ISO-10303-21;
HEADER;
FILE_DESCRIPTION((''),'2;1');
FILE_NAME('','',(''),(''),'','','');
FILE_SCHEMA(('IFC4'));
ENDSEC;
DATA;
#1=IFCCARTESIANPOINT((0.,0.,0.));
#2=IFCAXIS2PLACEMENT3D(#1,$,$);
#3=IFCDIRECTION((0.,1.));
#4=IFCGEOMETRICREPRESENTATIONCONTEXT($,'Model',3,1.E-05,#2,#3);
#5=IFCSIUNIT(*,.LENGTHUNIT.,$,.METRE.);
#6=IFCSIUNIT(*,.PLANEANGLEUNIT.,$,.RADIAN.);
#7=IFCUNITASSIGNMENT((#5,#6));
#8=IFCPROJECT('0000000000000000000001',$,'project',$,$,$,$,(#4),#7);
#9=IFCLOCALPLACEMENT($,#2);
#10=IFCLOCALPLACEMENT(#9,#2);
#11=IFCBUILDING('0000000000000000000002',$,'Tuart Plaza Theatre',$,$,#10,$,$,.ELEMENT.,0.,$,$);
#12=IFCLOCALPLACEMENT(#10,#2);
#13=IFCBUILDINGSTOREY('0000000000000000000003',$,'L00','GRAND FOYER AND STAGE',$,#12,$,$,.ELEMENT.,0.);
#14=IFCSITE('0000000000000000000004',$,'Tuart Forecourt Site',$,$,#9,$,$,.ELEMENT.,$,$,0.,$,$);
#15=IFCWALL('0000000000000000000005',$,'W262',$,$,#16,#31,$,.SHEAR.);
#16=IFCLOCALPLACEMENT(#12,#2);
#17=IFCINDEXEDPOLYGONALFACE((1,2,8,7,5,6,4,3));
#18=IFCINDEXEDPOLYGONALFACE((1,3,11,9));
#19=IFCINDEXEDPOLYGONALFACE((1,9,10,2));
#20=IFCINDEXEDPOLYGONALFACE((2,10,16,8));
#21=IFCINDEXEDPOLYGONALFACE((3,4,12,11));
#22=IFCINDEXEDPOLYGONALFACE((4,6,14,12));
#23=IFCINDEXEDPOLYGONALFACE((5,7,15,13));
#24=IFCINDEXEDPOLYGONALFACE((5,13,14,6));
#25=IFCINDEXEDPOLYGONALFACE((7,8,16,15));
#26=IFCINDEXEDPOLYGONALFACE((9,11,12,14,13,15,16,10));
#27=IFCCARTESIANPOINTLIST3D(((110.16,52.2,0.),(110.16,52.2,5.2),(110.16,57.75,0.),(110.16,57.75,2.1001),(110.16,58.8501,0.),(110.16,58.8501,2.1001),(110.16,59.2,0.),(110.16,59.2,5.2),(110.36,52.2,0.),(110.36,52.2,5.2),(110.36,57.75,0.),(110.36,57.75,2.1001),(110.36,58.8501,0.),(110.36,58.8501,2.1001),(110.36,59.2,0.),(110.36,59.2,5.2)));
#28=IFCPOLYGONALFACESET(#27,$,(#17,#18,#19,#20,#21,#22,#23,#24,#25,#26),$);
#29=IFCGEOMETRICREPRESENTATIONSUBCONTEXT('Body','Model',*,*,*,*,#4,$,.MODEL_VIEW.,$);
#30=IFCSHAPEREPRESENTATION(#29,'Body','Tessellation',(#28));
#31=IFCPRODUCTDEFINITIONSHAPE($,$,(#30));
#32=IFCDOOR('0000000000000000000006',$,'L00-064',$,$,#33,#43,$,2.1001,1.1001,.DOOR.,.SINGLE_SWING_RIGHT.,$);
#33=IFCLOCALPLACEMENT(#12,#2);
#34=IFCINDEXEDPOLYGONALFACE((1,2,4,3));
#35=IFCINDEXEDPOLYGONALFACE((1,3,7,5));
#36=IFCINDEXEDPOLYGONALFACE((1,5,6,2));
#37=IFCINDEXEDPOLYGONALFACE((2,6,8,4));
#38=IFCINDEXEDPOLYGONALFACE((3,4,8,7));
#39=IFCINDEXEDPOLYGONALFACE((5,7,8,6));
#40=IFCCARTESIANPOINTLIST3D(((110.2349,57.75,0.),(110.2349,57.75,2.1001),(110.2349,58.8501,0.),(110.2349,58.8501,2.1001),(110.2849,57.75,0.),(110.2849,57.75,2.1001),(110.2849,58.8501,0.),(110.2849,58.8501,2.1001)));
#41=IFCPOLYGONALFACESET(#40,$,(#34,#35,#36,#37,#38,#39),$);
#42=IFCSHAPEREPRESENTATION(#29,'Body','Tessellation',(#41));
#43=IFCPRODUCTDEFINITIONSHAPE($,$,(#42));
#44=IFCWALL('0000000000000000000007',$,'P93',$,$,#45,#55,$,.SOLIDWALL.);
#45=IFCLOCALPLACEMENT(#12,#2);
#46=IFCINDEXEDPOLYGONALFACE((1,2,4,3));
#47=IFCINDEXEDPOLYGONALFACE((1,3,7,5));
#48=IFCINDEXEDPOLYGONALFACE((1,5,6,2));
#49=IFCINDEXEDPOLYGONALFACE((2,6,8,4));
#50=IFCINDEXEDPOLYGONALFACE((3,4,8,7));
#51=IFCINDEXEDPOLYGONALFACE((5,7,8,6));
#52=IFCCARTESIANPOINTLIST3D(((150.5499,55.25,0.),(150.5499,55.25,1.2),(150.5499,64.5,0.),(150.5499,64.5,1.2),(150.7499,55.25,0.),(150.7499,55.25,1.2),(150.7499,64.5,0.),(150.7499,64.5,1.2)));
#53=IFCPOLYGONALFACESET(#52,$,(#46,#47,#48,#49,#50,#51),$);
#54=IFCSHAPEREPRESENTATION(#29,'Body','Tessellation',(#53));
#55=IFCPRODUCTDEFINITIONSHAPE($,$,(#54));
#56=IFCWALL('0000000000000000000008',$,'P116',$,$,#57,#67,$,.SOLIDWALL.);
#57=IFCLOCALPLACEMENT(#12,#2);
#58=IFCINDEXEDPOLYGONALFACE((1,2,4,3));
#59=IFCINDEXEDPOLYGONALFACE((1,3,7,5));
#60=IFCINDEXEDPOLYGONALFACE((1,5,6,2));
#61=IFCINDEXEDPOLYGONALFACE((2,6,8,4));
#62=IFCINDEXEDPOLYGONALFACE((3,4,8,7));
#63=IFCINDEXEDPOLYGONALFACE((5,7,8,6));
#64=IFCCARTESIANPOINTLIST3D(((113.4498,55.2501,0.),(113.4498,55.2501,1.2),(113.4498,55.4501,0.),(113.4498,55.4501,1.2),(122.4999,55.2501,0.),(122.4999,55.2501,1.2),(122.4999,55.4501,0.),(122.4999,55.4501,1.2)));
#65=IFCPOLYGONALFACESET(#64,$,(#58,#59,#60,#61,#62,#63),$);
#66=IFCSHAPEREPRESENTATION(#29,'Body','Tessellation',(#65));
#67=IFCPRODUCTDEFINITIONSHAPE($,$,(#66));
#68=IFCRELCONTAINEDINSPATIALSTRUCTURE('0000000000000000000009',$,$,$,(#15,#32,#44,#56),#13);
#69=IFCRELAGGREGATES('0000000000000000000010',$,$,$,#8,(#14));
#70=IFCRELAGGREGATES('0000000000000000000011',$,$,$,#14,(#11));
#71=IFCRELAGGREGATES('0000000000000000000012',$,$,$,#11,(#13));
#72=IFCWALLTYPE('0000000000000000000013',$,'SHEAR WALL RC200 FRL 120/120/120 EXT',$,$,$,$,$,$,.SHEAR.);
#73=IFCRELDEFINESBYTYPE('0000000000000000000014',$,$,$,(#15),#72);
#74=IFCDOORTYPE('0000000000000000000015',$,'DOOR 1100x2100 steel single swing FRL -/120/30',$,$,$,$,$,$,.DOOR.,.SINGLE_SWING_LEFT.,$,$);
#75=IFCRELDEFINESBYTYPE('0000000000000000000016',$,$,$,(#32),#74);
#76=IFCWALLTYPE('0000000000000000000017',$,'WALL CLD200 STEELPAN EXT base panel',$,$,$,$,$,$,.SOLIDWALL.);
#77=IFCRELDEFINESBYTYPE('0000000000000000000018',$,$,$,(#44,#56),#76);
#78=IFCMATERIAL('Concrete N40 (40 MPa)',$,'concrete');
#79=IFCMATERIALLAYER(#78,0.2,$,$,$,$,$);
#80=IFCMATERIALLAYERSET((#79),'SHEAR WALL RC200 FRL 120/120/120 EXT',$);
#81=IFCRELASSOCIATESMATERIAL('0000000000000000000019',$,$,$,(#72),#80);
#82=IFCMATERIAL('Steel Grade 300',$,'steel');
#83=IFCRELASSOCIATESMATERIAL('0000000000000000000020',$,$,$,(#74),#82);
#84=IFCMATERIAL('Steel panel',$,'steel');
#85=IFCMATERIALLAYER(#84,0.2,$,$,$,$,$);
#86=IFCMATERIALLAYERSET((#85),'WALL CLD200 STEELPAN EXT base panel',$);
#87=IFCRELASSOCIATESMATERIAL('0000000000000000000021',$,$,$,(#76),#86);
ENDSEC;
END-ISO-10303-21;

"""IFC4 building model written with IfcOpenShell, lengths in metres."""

from ifc_helpers import new_model, si_unit, direction, frame, frame_2d, origin, place, context, subcontext, project, spatial, rectangle, extrude, material, layer, layer_set, type_object, element, fill, save


model = new_model("IFC4")

# Units and contexts
model_context = context("Model", 3, precision=1e-05, world=origin(), true_north=direction((0.0, 1.0)))
body_context = subcontext(model_context, "Body", "Model", "MODEL_VIEW")
ifc_project = project(units=[si_unit("LENGTHUNIT", "METRE"), si_unit("PLANEANGLEUNIT", "RADIAN")], contexts=[model_context])

# Site, building, storey
site_placement = place(None, origin())
site = spatial("IfcSite", under=ifc_project, at=site_placement, Name="Tuart Forecourt Site", CompositionType="ELEMENT", RefElevation=0.0)
building_placement = place(site_placement, origin())
building = spatial("IfcBuilding", under=site, at=building_placement, Name="Tuart Plaza Theatre", CompositionType="ELEMENT", ElevationOfRefHeight=0.0)
storey_placement = place(building_placement, origin())
storey = spatial("IfcBuildingStorey", under=building, at=storey_placement, Name="L00", Description="GRAND FOYER AND STAGE", CompositionType="ELEMENT", Elevation=0.0)

# Wall, opening, door
ifc_material_1 = material(Name="Concrete N40 (40 MPa)", Category="concrete")
ifc_layer_1 = layer(ifc_material_1, 0.2)
ifc_layer_set_1 = layer_set([ifc_layer_1], Name="SHEAR WALL RC200 FRL 120/120/120 EXT")
wall_type_1 = type_object("IfcWallType", Name="SHEAR WALL RC200 FRL 120/120/120 EXT", PredefinedType="SHEAR", material=ifc_layer_set_1)
wall_1_placement = place(storey_placement, frame((110.26, 52.2, 0.0), z_axis=(0.0, 0.0, 1.0), x_axis=(0.0, 1.0, 0.0)))
wall_1 = element("IfcWall", 1, at=wall_1_placement, inside=storey, type_object=wall_type_1, Name="W262", PredefinedType="SHEAR", context=body_context, shape_type="SweptSolid", body=[
    extrude(rectangle(XDim=7.0, YDim=0.2, at=frame_2d((3.5, 0.0))), origin(), (0.0, 0.0, 1.0), 5.2),
])
opening_placement = place(wall_1_placement, frame((5.55, 0.0, 0.0)))
opening = element("IfcOpeningElement", 2, at=opening_placement, cuts=wall_1, PredefinedType="OPENING", context=body_context, shape_type="SweptSolid", body=[
    extrude(rectangle(XDim=1.1001, YDim=2.1001, at=frame_2d((0.55, 1.05))), frame((0.0, 0.1099, 0.0), z_axis=(0.0, -1.0, 0.0), x_axis=(1.0, 0.0, 0.0)), (0.0, 0.0, 1.0), 0.22),
])
ifc_material_2 = material(Name="Steel Grade 300", Category="steel")
door_type = type_object("IfcDoorType", Name="DOOR 1100x2100 steel single swing FRL -/120/30", OperationType="SINGLE_SWING_LEFT", PredefinedType="DOOR", material=ifc_material_2)
door_placement = place(opening_placement, frame((1.1001, 0.0, 0.0), z_axis=(0.0, 0.0, 1.0), x_axis=(-1.0, 0.0, 0.0)))
door = element("IfcDoor", 3, at=door_placement, inside=storey, type_object=door_type, Name="L00-064", OperationType="SINGLE_SWING_RIGHT", OverallHeight=2.1001, OverallWidth=1.1001, PredefinedType="DOOR", context=body_context, shape_type="SweptSolid", body=[
    extrude(rectangle(XDim=1.1001, YDim=2.1001, at=frame_2d((0.55, 1.05))), frame((0.0, 0.0249, 0.0), z_axis=(0.0, -1.0, 0.0), x_axis=(1.0, 0.0, 0.0)), (0.0, 0.0, 1.0), 0.05),
])
fill(opening, door)

# Walls
ifc_material_3 = material(Name="Steel panel", Category="steel")
ifc_layer_2 = layer(ifc_material_3, 0.2)
ifc_layer_set_2 = layer_set([ifc_layer_2], Name="WALL CLD200 STEELPAN EXT base panel")
wall_type_2 = type_object("IfcWallType", Name="WALL CLD200 STEELPAN EXT base panel", PredefinedType="SOLIDWALL", material=ifc_layer_set_2)
wall_2_placement = place(storey_placement, frame((150.6499, 55.25, 0.0), z_axis=(0.0, 0.0, 1.0), x_axis=(0.0, 1.0, 0.0)))
element("IfcWall", 4, at=wall_2_placement, inside=storey, type_object=wall_type_2, Name="P93", PredefinedType="SOLIDWALL", context=body_context, shape_type="SweptSolid", body=[
    extrude(rectangle(XDim=9.25, YDim=0.2, at=frame_2d((4.625, 0.0))), origin(), (0.0, 0.0, 1.0), 1.2),
])
wall_3_placement = place(storey_placement, frame((113.45, 55.3501, 0.0), z_axis=(0.0, 0.0, 1.0), x_axis=(1.0, 0.0, 0.0)))
element("IfcWall", 5, at=wall_3_placement, inside=storey, type_object=wall_type_2, Name="P116", PredefinedType="SOLIDWALL", context=body_context, shape_type="SweptSolid", body=[
    extrude(rectangle(XDim=9.05, YDim=0.2, at=frame_2d((4.5249, 0.0))), origin(), (0.0, 0.0, 1.0), 1.2),
])

save(model, "model.ifc")
